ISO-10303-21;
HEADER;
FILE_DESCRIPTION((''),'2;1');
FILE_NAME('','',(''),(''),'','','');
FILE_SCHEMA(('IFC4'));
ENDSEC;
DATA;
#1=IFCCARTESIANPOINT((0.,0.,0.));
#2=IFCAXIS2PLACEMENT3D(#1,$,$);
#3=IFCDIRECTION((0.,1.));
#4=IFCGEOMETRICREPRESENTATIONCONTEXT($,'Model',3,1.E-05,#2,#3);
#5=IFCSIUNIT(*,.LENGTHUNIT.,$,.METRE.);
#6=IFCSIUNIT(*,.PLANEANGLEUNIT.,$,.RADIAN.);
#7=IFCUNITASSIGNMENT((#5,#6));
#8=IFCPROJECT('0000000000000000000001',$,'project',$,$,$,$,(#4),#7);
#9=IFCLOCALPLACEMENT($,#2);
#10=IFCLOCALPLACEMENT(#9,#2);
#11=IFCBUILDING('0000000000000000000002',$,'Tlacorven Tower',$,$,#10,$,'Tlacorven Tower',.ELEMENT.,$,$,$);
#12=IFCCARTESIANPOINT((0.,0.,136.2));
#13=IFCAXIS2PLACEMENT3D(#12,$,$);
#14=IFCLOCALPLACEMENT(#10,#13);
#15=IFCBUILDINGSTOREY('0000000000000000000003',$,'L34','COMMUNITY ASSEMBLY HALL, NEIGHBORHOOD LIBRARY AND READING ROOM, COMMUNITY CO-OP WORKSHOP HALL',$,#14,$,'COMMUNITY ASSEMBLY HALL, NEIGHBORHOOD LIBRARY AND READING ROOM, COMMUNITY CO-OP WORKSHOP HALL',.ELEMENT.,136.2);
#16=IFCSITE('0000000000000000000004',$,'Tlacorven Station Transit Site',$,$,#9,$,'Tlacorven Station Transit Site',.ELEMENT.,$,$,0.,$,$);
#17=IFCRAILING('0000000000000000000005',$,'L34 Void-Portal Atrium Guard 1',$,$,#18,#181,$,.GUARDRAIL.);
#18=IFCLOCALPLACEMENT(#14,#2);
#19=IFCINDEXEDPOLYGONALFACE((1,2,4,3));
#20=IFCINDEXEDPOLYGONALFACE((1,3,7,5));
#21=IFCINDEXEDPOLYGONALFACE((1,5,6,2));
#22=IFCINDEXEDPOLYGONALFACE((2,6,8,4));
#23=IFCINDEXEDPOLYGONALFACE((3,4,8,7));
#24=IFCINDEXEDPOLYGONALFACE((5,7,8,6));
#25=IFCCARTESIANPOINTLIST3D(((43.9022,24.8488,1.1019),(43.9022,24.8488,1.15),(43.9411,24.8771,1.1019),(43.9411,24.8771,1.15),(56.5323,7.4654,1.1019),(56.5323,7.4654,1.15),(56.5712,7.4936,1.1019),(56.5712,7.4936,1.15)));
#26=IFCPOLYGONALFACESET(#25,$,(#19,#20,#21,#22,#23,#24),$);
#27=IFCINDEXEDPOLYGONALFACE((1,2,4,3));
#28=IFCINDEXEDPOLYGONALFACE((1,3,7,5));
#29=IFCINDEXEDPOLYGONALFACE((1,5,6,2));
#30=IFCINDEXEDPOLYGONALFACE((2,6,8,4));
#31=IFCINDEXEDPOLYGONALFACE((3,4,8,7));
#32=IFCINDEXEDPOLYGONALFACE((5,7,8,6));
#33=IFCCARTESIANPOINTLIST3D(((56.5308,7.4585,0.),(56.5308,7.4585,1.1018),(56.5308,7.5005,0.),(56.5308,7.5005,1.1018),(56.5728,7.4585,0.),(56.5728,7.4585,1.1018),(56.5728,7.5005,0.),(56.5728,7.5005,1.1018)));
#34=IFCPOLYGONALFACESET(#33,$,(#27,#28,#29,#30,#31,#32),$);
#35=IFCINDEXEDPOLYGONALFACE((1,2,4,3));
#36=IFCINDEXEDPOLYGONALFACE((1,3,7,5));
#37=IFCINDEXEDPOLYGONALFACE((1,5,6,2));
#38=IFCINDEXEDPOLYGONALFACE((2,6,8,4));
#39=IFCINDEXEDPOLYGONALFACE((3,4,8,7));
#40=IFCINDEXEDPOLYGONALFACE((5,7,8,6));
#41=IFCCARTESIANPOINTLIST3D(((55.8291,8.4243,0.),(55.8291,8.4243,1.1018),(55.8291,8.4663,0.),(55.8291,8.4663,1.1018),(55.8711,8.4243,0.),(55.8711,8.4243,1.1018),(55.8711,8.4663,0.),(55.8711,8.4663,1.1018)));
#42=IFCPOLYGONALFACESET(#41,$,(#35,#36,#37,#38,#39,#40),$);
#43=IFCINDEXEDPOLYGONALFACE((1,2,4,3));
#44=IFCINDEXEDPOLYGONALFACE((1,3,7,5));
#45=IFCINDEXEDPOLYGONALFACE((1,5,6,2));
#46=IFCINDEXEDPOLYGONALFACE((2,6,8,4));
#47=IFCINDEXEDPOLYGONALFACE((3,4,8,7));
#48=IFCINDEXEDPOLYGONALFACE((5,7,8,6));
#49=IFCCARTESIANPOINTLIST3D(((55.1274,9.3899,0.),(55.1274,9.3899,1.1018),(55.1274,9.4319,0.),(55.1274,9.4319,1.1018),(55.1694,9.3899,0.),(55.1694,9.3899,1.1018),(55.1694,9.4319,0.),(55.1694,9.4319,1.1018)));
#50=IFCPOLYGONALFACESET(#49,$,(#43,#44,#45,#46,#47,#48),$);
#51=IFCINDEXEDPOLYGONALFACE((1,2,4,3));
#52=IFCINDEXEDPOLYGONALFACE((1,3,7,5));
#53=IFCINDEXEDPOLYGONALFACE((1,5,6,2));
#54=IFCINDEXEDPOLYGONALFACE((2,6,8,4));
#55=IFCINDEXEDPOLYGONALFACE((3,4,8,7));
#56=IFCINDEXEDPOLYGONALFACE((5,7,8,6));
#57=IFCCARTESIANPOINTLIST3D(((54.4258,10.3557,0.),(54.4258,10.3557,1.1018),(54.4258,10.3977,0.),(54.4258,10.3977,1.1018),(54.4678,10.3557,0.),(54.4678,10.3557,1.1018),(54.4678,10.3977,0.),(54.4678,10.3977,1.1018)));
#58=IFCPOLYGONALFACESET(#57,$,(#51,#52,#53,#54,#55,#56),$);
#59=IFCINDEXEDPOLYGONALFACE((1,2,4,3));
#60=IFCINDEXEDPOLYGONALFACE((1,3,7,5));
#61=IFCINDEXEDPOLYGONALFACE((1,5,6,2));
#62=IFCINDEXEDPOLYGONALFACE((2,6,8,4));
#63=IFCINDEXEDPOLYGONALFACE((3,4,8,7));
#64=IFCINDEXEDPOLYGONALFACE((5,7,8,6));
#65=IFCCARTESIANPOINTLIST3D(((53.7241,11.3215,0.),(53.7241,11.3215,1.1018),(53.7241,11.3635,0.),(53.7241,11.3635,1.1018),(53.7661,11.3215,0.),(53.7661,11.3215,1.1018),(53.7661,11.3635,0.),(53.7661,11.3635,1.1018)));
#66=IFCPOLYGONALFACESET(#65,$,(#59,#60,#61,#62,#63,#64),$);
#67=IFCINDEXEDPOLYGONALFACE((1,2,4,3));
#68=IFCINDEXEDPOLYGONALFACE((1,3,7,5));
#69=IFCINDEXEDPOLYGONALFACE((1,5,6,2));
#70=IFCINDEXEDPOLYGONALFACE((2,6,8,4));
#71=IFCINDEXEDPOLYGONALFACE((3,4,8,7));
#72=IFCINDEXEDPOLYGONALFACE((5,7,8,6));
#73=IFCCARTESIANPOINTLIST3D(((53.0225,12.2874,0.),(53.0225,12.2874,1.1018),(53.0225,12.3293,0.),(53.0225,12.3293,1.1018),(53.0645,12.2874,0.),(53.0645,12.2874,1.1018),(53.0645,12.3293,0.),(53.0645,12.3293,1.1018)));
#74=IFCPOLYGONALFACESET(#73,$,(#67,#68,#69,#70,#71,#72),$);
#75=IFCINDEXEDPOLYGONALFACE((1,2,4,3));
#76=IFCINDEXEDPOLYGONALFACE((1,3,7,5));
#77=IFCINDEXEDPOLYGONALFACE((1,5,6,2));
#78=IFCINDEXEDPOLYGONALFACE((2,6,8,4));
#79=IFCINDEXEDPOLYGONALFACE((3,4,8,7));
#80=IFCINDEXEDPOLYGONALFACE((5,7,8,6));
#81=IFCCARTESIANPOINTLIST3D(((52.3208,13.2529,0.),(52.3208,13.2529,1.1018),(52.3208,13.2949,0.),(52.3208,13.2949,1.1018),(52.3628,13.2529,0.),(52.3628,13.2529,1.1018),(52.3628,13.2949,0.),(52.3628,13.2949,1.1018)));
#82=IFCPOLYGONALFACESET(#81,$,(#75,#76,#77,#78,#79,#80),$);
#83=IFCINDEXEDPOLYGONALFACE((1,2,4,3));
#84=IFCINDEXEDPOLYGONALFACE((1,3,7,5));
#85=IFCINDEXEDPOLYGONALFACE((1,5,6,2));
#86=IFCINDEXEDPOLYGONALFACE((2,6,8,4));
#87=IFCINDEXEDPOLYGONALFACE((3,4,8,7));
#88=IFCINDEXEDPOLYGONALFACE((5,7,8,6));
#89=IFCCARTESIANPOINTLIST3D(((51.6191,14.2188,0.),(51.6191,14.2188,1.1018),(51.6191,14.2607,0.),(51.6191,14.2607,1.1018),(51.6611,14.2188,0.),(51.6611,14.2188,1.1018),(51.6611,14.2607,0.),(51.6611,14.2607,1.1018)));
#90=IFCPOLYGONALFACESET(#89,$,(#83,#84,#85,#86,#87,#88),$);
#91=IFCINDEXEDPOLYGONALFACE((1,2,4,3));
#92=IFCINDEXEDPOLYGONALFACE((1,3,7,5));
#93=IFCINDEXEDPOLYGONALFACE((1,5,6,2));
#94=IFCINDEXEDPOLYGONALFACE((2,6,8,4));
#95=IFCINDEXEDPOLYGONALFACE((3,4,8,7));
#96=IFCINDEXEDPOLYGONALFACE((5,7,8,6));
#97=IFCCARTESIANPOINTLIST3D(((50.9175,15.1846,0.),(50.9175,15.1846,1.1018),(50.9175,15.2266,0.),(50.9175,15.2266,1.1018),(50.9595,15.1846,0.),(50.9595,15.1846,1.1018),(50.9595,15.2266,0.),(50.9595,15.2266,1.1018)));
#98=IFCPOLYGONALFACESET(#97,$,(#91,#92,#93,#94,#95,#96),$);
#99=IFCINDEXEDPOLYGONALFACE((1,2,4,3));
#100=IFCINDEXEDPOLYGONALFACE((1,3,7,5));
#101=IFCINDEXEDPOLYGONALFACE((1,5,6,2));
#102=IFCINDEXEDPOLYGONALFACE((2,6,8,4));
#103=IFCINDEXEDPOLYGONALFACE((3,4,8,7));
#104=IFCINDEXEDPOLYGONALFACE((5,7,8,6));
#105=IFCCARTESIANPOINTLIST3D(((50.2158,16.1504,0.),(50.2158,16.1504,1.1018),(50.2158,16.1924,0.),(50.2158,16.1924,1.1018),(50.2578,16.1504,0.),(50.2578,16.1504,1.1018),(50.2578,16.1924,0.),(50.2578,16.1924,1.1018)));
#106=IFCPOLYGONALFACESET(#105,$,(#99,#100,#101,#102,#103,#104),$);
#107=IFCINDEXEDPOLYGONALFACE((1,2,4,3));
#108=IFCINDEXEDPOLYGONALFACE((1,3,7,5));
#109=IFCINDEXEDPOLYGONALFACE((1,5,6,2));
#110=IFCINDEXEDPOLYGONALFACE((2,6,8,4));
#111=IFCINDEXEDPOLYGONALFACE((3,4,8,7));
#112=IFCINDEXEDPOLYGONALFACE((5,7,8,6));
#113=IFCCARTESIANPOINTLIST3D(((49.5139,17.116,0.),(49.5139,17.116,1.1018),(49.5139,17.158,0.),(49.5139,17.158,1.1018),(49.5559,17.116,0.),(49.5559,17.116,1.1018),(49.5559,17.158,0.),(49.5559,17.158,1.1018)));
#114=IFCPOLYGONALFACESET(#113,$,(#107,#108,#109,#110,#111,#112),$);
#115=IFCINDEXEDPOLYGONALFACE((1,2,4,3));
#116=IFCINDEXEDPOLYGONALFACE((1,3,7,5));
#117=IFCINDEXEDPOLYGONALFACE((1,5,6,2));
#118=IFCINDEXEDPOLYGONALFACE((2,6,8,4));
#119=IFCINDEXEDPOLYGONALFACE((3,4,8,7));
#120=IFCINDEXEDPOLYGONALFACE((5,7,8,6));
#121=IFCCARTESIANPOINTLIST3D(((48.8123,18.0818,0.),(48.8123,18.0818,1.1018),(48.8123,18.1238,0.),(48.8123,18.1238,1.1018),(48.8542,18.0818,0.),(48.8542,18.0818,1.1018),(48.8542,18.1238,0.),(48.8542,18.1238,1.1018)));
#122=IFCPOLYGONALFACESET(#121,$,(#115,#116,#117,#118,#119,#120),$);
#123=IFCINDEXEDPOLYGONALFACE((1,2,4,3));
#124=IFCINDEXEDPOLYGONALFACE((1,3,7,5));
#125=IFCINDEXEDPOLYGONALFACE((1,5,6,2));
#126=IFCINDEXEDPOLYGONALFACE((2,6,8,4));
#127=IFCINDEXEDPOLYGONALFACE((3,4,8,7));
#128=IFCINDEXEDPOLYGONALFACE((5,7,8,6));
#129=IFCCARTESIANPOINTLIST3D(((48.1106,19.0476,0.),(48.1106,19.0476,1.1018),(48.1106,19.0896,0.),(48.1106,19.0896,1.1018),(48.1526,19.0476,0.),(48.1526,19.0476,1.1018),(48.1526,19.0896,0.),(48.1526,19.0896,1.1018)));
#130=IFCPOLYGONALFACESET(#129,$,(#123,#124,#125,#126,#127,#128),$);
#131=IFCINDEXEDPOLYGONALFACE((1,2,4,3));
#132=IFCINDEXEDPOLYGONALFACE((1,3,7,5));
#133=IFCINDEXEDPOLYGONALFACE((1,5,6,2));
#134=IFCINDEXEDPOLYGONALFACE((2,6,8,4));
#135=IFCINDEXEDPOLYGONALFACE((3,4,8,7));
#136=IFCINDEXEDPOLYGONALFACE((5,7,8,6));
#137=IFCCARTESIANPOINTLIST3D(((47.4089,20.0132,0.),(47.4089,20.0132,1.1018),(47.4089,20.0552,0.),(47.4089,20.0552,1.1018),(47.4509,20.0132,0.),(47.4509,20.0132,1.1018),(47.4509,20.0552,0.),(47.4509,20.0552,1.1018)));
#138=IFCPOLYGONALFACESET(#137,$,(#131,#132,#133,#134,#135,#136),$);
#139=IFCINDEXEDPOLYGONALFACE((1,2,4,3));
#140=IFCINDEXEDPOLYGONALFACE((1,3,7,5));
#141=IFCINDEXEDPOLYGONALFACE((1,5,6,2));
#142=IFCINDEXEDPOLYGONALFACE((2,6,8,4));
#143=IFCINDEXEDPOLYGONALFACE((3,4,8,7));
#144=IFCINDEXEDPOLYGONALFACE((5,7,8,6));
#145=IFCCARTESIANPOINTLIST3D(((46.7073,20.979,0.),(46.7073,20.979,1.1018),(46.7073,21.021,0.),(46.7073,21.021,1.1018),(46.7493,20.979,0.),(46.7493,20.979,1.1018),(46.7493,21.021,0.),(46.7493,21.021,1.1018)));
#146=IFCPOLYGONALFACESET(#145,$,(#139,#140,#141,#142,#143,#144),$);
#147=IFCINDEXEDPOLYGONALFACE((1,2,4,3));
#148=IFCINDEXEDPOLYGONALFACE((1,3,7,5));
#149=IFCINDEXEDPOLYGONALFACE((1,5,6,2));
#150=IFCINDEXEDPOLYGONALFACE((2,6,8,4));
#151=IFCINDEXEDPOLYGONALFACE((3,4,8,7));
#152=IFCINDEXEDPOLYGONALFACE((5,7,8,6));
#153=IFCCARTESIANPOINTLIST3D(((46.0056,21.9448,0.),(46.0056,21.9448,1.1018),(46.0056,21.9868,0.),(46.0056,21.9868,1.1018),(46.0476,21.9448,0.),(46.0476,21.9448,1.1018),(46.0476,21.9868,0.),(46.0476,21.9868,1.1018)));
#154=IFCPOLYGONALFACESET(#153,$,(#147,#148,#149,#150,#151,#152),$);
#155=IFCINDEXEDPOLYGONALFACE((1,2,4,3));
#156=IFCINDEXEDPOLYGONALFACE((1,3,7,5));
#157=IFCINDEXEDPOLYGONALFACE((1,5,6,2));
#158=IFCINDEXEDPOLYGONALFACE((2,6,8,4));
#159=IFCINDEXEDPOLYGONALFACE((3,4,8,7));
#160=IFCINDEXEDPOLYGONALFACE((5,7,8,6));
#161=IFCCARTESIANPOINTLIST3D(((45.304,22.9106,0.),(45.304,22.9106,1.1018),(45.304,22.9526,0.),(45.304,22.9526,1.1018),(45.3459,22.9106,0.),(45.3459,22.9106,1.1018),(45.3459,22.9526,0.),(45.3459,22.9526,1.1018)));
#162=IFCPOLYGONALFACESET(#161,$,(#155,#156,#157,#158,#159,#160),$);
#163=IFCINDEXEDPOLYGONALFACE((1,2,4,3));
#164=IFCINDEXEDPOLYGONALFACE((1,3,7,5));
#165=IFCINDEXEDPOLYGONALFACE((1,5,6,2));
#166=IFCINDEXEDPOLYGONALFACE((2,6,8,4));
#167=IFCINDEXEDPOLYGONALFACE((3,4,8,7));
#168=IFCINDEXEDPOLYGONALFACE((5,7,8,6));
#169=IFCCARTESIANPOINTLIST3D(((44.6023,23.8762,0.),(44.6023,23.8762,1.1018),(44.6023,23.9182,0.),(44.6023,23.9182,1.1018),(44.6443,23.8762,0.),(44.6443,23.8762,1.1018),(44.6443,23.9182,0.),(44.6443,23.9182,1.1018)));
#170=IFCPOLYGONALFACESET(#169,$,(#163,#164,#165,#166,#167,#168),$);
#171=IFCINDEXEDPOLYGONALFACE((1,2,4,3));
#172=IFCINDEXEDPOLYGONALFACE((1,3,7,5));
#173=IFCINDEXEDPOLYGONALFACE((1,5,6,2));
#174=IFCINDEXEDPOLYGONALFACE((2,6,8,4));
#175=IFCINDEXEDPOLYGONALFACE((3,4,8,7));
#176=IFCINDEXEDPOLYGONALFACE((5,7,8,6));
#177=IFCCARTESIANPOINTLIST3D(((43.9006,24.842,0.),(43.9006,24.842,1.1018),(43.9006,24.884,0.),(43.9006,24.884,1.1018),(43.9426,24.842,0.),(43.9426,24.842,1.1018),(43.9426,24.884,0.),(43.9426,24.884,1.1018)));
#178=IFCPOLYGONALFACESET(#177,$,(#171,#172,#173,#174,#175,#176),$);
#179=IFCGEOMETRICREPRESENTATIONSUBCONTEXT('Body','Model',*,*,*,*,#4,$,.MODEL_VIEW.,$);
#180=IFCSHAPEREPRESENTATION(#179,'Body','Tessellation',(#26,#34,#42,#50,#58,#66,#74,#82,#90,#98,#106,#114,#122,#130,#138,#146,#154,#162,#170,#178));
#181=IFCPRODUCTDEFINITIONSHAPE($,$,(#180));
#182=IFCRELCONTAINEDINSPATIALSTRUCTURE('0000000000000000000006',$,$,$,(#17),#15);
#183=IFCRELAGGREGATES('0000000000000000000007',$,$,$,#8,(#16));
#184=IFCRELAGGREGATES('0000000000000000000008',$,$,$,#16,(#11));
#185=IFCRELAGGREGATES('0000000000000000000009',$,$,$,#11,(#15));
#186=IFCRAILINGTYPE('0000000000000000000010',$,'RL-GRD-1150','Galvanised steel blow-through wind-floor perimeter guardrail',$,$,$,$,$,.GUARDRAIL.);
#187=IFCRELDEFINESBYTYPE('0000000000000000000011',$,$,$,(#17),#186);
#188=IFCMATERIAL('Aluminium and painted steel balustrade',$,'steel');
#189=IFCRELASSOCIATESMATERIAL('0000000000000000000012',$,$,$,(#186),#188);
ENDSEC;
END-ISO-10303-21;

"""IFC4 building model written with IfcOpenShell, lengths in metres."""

from ifc_helpers import new_model, si_unit, direction, frame, origin, origin_2d, place, context, subcontext, project, spatial, rectangle, extrude, source, transform, mapped, material, type_object, element, save


model = new_model("IFC4")

# Units and contexts
model_context = context("Model", 3, precision=1e-05, world=origin(), true_north=direction((0.0, 1.0)))
body_context = subcontext(model_context, "Body", "Model", "MODEL_VIEW")
ifc_project = project(units=[si_unit("LENGTHUNIT", "METRE"), si_unit("PLANEANGLEUNIT", "RADIAN")], contexts=[model_context])

# Site, building, storey
site_placement = place(None, origin())
site = spatial("IfcSite", under=ifc_project, at=site_placement, Name="Tlacorven Station Transit Site", LongName="Tlacorven Station Transit Site", CompositionType="ELEMENT", RefElevation=0.0)
building_placement = place(site_placement, origin())
building = spatial("IfcBuilding", under=site, at=building_placement, Name="Tlacorven Tower", LongName="Tlacorven Tower", CompositionType="ELEMENT")
storey_placement = place(building_placement, frame((0.0, 0.0, 136.2)))
storey = spatial("IfcBuildingStorey", under=building, at=storey_placement, Name="L34", Description="COMMUNITY ASSEMBLY HALL, NEIGHBORHOOD LIBRARY AND READING ROOM, COMMUNITY CO-OP WORKSHOP HALL", LongName="COMMUNITY ASSEMBLY HALL, NEIGHBORHOOD LIBRARY AND READING ROOM, COMMUNITY CO-OP WORKSHOP HALL", CompositionType="ELEMENT", Elevation=136.2)

# Shared definitions
ifc_material_1 = material(Name="Aluminium and painted steel balustrade", Category="steel")

# Railing
railing_type_1 = type_object("IfcRailingType", Name="RL-GRD-1150", Description="Galvanised steel blow-through wind-floor perimeter guardrail", PredefinedType="GUARDRAIL", material=ifc_material_1)
shared_shape_1 = source(origin(), body_context, "Body", "SweptSolid", [
    extrude(rectangle(XDim=0.0481, YDim=0.0481, at=origin_2d()), frame((0.0, 0.0, 1.126), z_axis=(-0.587793, 0.809012, 0.0), x_axis=(-0.809012, -0.587793, 0.0)), (0.0, 0.0, 1.0), 21.4873),
    extrude(rectangle(XDim=0.042, YDim=0.042, at=origin_2d()), origin(), (0.0, 0.0, 1.0), 1.1018),
    extrude(rectangle(XDim=0.042, YDim=0.042, at=origin_2d()), frame((-0.7017, 0.9658, 0.0)), (0.0, 0.0, 1.0), 1.1018),
    extrude(rectangle(XDim=0.042, YDim=0.042, at=origin_2d()), frame((-1.4033, 1.9314, 0.0)), (0.0, 0.0, 1.0), 1.1018),
    extrude(rectangle(XDim=0.042, YDim=0.042, at=origin_2d()), frame((-2.105, 2.8972, 0.0)), (0.0, 0.0, 1.0), 1.1018),
    extrude(rectangle(XDim=0.042, YDim=0.042, at=origin_2d()), frame((-2.8066, 3.863, 0.0)), (0.0, 0.0, 1.0), 1.1018),
    extrude(rectangle(XDim=0.042, YDim=0.042, at=origin_2d()), frame((-3.5083, 4.8289, 0.0)), (0.0, 0.0, 1.0), 1.1018),
    extrude(rectangle(XDim=0.042, YDim=0.042, at=origin_2d()), frame((-4.21, 5.7944, 0.0)), (0.0, 0.0, 1.0), 1.1018),
    extrude(rectangle(XDim=0.042, YDim=0.042, at=origin_2d()), frame((-4.9116, 6.7603, 0.0)), (0.0, 0.0, 1.0), 1.1018),
    extrude(rectangle(XDim=0.042, YDim=0.042, at=origin_2d()), frame((-5.6133, 7.7261, 0.0)), (0.0, 0.0, 1.0), 1.1018),
    extrude(rectangle(XDim=0.042, YDim=0.042, at=origin_2d()), frame((-6.3149, 8.6919, 0.0)), (0.0, 0.0, 1.0), 1.1018),
    extrude(rectangle(XDim=0.042, YDim=0.042, at=origin_2d()), frame((-7.0168, 9.6575, 0.0)), (0.0, 0.0, 1.0), 1.1018),
    extrude(rectangle(XDim=0.042, YDim=0.042, at=origin_2d()), frame((-7.7185, 10.6233, 0.0)), (0.0, 0.0, 1.0), 1.1018),
    extrude(rectangle(XDim=0.042, YDim=0.042, at=origin_2d()), frame((-8.4202, 11.5891, 0.0)), (0.0, 0.0, 1.0), 1.1018),
    extrude(rectangle(XDim=0.042, YDim=0.042, at=origin_2d()), frame((-9.1218, 12.5547, 0.0)), (0.0, 0.0, 1.0), 1.1018),
    extrude(rectangle(XDim=0.042, YDim=0.042, at=origin_2d()), frame((-9.8235, 13.5205, 0.0)), (0.0, 0.0, 1.0), 1.1018),
    extrude(rectangle(XDim=0.042, YDim=0.042, at=origin_2d()), frame((-10.5251, 14.4863, 0.0)), (0.0, 0.0, 1.0), 1.1018),
    extrude(rectangle(XDim=0.042, YDim=0.042, at=origin_2d()), frame((-11.2268, 15.4521, 0.0)), (0.0, 0.0, 1.0), 1.1018),
    extrude(rectangle(XDim=0.042, YDim=0.042, at=origin_2d()), frame((-11.9285, 16.4177, 0.0)), (0.0, 0.0, 1.0), 1.1018),
    extrude(rectangle(XDim=0.042, YDim=0.042, at=origin_2d()), frame((-12.6301, 17.3835, 0.0)), (0.0, 0.0, 1.0), 1.1018),
])
railing_1_placement = place(storey_placement, frame((56.5518, 7.4795, 0.0)))
element("IfcRailing", 1, at=railing_1_placement, inside=storey, type_object=railing_type_1, Name="L34 Void-Portal Atrium Guard 1", PredefinedType="GUARDRAIL", context=body_context, shape_type="MappedRepresentation", body=[
    mapped(shared_shape_1, transform((0.0, 0.0, 0.0), scale=1.0)),
])

save(model, "model.ifc")
